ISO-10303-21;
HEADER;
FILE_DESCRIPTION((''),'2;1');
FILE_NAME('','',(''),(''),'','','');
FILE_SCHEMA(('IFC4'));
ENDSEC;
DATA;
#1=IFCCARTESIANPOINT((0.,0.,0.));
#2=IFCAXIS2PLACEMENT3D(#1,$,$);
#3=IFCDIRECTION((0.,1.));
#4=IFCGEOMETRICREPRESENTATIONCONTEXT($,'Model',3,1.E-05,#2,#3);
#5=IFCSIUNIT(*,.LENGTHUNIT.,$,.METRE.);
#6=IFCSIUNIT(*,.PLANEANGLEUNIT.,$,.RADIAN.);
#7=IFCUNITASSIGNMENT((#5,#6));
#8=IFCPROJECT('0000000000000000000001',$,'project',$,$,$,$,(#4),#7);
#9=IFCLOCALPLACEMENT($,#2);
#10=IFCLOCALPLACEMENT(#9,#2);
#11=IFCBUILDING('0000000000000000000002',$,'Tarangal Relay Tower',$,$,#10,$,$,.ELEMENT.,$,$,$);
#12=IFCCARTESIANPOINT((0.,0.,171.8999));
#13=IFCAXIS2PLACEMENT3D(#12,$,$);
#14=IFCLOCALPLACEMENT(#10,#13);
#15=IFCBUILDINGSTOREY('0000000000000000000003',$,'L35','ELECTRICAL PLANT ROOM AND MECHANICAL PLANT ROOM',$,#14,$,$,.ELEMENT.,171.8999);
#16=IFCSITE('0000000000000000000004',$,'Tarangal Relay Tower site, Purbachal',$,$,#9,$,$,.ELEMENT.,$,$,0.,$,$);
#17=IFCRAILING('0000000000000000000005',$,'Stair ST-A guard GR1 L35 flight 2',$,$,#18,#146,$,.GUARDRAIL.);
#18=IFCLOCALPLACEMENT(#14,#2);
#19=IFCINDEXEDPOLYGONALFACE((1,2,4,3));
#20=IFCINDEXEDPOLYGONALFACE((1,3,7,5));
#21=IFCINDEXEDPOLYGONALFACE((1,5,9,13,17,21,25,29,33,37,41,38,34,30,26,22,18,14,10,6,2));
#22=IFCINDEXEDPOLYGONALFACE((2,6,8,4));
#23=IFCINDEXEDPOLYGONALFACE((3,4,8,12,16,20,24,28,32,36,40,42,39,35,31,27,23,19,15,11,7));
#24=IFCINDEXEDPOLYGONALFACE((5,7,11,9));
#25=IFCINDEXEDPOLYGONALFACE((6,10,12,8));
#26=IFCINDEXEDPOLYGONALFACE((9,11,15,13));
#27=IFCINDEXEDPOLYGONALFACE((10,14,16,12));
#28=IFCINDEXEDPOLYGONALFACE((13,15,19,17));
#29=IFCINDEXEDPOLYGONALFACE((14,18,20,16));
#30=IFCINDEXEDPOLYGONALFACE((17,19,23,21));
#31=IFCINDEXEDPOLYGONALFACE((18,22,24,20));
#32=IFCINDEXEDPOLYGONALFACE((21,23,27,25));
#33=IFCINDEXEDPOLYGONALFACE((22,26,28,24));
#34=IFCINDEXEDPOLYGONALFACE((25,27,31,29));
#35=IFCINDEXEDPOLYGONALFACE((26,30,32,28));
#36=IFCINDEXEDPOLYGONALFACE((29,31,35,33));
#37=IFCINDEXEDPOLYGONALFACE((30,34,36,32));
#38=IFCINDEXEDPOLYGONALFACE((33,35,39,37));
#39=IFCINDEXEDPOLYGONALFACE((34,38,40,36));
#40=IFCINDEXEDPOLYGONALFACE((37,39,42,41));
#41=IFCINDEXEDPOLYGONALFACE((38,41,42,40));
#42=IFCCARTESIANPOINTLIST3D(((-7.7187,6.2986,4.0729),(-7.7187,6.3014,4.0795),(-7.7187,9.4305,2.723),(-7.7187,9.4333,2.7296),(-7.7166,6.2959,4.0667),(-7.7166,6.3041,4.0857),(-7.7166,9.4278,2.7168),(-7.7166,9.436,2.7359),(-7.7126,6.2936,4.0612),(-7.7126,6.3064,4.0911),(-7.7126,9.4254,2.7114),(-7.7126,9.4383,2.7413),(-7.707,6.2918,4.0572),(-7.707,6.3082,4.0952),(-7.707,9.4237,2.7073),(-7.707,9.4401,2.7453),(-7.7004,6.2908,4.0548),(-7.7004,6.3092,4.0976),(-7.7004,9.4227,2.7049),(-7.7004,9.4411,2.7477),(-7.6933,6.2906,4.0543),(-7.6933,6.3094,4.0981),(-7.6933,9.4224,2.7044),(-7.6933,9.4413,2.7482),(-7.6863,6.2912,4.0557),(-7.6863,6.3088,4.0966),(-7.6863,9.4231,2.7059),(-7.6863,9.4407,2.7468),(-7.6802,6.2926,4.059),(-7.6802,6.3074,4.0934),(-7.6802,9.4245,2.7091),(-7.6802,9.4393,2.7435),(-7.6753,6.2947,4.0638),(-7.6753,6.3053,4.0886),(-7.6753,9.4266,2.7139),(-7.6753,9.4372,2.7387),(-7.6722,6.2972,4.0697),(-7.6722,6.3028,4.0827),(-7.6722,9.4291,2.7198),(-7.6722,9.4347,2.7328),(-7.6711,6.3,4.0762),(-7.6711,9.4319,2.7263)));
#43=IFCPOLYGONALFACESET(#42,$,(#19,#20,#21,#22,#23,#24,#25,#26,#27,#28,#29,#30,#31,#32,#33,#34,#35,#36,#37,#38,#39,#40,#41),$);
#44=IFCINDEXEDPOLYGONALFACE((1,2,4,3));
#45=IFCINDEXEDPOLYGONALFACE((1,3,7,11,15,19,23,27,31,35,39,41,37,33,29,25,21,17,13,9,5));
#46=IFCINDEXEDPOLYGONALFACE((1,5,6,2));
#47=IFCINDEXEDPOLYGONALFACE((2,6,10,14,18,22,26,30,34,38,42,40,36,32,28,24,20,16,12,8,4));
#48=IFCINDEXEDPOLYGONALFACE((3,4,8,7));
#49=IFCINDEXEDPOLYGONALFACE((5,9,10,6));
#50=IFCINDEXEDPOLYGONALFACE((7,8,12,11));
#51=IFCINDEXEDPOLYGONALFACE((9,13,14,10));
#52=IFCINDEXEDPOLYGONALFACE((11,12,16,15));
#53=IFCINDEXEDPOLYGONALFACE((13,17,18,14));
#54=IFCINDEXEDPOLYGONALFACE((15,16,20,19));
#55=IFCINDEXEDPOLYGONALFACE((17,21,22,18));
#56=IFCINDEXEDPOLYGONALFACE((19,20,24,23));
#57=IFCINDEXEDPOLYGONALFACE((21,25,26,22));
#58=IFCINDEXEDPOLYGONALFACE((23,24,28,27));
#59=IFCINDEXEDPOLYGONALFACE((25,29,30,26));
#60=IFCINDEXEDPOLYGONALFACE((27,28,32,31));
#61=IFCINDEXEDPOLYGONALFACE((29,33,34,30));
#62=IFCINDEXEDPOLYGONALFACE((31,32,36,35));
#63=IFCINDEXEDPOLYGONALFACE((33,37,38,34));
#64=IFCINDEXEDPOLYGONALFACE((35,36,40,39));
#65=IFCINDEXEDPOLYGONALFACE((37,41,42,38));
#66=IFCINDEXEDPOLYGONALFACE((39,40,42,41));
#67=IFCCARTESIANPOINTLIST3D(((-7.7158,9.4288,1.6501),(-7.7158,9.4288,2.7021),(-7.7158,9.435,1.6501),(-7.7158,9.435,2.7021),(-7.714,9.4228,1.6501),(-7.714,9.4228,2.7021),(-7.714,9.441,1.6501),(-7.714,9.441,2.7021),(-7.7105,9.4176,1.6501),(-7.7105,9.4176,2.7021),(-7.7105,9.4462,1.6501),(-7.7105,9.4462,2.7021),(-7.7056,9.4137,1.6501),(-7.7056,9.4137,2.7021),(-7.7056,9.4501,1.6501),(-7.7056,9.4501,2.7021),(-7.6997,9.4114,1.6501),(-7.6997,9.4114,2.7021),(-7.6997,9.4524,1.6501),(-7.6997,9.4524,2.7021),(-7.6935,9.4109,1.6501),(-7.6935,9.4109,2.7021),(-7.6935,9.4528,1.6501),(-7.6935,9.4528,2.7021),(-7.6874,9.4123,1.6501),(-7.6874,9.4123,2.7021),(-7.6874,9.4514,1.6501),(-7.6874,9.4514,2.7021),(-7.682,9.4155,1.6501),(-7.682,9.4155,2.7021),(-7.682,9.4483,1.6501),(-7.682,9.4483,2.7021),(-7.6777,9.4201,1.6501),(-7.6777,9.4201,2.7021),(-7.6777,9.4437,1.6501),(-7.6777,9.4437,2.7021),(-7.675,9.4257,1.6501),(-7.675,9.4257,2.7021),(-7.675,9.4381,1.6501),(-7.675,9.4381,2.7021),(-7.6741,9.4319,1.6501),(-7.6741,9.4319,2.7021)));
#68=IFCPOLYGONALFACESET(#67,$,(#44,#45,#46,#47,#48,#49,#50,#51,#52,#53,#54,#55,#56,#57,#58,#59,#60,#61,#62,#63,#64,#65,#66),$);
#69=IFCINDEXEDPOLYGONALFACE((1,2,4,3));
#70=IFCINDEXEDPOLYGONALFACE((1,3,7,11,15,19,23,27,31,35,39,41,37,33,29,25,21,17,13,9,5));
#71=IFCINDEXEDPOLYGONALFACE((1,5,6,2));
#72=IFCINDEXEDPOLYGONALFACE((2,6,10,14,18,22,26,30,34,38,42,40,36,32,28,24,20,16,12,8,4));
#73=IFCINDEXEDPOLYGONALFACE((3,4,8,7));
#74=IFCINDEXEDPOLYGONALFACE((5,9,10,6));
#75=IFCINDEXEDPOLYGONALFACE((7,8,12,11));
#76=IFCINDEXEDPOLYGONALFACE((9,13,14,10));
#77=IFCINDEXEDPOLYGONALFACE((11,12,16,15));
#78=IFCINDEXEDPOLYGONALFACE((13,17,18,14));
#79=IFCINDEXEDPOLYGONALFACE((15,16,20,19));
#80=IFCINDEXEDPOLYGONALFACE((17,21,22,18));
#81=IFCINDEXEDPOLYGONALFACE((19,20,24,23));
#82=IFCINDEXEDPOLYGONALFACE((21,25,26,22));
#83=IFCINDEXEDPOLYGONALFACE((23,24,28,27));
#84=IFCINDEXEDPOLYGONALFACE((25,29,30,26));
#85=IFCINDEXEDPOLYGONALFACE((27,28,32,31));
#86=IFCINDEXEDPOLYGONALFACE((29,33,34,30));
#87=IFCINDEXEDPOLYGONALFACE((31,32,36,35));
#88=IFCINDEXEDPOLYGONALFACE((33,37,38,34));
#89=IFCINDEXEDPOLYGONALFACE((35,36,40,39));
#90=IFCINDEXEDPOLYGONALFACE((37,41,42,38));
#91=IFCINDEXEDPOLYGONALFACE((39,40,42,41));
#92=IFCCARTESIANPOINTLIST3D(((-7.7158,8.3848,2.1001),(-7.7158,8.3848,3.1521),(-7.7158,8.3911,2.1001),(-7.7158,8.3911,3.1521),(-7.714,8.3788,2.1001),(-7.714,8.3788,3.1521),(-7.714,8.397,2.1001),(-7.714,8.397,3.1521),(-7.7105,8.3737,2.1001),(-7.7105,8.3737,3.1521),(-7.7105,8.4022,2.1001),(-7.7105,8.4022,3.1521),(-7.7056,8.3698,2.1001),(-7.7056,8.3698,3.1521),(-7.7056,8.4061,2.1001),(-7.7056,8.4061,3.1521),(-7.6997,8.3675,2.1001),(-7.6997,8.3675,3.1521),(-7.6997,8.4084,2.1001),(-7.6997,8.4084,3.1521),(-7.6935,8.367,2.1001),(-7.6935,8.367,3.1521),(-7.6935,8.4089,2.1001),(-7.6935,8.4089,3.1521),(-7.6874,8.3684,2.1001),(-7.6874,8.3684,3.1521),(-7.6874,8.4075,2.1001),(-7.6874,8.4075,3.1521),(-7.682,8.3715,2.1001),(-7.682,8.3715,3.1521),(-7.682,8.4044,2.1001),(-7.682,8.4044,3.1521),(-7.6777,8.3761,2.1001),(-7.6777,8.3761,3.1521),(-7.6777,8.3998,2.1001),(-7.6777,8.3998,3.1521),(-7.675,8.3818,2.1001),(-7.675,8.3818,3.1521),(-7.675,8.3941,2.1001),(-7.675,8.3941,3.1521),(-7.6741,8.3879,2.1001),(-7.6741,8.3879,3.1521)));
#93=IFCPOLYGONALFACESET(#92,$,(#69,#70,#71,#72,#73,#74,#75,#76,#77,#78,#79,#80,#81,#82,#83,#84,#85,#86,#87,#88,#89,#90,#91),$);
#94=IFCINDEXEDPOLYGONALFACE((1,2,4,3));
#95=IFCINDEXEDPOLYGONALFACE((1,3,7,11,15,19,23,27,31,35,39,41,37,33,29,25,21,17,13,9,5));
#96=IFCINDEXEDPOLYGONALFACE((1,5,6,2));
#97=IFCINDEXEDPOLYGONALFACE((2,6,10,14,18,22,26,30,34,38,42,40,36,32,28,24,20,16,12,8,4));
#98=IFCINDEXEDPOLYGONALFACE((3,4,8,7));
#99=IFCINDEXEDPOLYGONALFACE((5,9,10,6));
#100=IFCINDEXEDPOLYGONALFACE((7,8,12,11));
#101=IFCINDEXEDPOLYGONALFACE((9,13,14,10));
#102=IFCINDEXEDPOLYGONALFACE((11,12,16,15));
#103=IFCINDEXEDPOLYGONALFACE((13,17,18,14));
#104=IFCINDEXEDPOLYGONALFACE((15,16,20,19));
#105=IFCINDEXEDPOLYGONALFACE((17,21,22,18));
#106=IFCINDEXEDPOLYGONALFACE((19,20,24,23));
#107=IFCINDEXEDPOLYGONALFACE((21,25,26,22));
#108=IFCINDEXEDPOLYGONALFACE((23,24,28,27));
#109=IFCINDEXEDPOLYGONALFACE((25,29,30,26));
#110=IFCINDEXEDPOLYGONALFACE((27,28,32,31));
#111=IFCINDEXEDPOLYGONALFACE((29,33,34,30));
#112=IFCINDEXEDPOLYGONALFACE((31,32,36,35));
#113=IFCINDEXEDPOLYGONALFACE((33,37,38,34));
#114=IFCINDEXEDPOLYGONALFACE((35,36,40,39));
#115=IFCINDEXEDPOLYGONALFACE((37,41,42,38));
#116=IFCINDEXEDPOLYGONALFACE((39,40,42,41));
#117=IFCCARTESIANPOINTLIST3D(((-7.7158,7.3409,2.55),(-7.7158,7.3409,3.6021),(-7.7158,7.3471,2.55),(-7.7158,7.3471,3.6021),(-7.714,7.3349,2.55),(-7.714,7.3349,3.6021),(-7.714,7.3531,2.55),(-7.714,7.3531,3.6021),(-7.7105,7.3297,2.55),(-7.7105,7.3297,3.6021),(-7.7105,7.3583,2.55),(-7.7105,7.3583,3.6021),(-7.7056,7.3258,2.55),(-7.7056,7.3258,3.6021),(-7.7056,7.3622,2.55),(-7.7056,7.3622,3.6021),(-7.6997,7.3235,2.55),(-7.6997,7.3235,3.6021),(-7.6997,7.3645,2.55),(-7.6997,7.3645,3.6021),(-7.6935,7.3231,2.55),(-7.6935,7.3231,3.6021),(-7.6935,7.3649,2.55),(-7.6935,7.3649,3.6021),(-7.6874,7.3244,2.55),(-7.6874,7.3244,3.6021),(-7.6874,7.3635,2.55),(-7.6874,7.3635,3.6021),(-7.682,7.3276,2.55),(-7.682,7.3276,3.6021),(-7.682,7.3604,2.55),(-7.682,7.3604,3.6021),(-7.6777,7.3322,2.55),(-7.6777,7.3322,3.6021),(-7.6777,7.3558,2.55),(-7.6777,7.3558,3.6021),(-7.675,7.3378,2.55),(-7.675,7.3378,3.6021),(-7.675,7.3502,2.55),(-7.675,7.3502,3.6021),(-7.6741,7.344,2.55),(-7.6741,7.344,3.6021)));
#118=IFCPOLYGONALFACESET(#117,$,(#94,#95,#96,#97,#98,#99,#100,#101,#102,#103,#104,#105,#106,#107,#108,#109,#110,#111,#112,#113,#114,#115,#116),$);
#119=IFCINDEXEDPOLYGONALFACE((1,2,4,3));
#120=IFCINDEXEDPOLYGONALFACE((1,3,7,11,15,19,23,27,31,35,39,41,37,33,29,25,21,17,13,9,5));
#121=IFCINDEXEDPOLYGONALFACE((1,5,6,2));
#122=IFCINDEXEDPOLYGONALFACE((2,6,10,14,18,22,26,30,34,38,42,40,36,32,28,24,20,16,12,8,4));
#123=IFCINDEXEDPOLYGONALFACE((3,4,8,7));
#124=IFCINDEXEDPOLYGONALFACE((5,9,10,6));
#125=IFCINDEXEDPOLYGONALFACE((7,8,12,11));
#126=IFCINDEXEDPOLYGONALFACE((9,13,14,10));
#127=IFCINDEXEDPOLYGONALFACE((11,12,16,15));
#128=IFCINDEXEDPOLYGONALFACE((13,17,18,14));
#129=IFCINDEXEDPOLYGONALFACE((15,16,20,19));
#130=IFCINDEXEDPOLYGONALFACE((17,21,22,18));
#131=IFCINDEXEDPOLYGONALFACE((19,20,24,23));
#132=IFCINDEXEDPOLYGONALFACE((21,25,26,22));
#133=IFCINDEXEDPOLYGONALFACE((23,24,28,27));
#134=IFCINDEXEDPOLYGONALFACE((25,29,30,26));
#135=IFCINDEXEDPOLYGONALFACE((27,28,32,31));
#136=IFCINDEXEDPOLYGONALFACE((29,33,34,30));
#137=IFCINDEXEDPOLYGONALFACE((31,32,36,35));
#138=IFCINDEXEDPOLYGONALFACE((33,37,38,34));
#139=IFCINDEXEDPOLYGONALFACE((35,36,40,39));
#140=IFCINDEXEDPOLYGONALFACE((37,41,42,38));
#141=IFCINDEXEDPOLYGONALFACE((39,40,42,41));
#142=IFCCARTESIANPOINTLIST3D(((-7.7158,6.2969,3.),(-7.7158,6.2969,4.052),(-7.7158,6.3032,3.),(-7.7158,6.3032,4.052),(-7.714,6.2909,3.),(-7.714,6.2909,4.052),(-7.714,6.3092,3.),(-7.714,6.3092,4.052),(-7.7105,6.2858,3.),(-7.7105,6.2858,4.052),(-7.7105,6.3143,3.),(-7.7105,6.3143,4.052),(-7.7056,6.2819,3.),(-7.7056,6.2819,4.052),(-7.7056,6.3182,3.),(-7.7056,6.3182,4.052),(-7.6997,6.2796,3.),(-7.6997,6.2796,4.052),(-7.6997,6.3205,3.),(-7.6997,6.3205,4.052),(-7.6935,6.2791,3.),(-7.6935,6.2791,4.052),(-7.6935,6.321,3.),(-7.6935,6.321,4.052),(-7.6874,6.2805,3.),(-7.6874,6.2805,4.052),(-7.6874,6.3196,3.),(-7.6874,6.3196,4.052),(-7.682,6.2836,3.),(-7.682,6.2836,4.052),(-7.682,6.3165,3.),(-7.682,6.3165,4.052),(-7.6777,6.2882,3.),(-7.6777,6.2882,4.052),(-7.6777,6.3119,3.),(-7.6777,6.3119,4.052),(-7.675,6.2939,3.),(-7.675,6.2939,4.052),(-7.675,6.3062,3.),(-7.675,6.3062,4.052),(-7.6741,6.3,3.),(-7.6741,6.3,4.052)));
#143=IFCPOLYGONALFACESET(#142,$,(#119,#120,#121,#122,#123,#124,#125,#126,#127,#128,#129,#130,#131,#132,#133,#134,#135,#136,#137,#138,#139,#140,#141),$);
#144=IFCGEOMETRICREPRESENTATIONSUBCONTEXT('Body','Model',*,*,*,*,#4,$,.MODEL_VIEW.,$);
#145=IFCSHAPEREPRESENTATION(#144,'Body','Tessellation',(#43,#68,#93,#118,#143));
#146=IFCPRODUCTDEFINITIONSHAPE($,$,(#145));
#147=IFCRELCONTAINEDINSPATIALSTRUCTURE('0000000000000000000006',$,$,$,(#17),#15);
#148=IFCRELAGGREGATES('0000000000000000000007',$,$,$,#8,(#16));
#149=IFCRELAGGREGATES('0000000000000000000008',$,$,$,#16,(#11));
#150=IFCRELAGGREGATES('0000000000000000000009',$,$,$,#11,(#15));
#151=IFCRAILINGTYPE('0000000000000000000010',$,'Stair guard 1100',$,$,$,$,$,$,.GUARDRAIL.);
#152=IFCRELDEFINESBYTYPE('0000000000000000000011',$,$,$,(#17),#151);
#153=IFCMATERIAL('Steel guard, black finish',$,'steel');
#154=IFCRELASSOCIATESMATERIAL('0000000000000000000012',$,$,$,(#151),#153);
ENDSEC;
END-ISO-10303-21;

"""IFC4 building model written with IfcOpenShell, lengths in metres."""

from ifc_helpers import new_model, si_unit, direction, frame, origin, origin_2d, place, context, subcontext, project, spatial, circle, extrude, material, type_object, element, save


model = new_model("IFC4")

# Units and contexts
model_context = context("Model", 3, precision=1e-05, world=origin(), true_north=direction((0.0, 1.0)))
body_context = subcontext(model_context, "Body", "Model", "MODEL_VIEW")
ifc_project = project(units=[si_unit("LENGTHUNIT", "METRE"), si_unit("PLANEANGLEUNIT", "RADIAN")], contexts=[model_context])

# Site, building, storey
site_placement = place(None, origin())
site = spatial("IfcSite", under=ifc_project, at=site_placement, Name="Tarangal Relay Tower site, Purbachal", CompositionType="ELEMENT", RefElevation=0.0)
building_placement = place(site_placement, origin())
building = spatial("IfcBuilding", under=site, at=building_placement, Name="Tarangal Relay Tower", CompositionType="ELEMENT")
storey_placement = place(building_placement, frame((0.0, 0.0, 171.8999)))
storey = spatial("IfcBuildingStorey", under=building, at=storey_placement, Name="L35", Description="ELECTRICAL PLANT ROOM AND MECHANICAL PLANT ROOM", CompositionType="ELEMENT", Elevation=171.8999)

# Railing
ifc_material_1 = material(Name="Steel guard, black finish", Category="steel")
railing_type_1 = type_object("IfcRailingType", Name="Stair guard 1100", PredefinedType="GUARDRAIL", material=ifc_material_1)
railing_1_placement = place(storey_placement, frame((-7.6951, 9.4319, 1.6501)))
element("IfcRailing", 1, at=railing_1_placement, inside=storey, type_object=railing_type_1, Name="Stair ST-A guard GR1 L35 flight 2", PredefinedType="GUARDRAIL", context=body_context, shape_type="SweptSolid", body=[
    extrude(circle(Radius=0.0239, at=origin_2d()), frame((0.0, 0.0, 1.0762), z_axis=(0.0, -0.918332, 0.395811), x_axis=(1.0, 0.0, 0.0)), (0.0, 0.0, 1.0), 3.4104),
    extrude(circle(Radius=0.021, at=origin_2d()), origin(), (0.0, 0.0, 1.0), 1.052),
    extrude(circle(Radius=0.021, at=origin_2d()), frame((0.0, -1.0439, 0.45)), (0.0, 0.0, 1.0), 1.052),
    extrude(circle(Radius=0.021, at=origin_2d()), frame((0.0, -2.0879, 0.8999)), (0.0, 0.0, 1.0), 1.052),
    extrude(circle(Radius=0.021, at=origin_2d()), frame((0.0, -3.1318, 1.3499)), (0.0, 0.0, 1.0), 1.052),
])

save(model, "model.ifc")
